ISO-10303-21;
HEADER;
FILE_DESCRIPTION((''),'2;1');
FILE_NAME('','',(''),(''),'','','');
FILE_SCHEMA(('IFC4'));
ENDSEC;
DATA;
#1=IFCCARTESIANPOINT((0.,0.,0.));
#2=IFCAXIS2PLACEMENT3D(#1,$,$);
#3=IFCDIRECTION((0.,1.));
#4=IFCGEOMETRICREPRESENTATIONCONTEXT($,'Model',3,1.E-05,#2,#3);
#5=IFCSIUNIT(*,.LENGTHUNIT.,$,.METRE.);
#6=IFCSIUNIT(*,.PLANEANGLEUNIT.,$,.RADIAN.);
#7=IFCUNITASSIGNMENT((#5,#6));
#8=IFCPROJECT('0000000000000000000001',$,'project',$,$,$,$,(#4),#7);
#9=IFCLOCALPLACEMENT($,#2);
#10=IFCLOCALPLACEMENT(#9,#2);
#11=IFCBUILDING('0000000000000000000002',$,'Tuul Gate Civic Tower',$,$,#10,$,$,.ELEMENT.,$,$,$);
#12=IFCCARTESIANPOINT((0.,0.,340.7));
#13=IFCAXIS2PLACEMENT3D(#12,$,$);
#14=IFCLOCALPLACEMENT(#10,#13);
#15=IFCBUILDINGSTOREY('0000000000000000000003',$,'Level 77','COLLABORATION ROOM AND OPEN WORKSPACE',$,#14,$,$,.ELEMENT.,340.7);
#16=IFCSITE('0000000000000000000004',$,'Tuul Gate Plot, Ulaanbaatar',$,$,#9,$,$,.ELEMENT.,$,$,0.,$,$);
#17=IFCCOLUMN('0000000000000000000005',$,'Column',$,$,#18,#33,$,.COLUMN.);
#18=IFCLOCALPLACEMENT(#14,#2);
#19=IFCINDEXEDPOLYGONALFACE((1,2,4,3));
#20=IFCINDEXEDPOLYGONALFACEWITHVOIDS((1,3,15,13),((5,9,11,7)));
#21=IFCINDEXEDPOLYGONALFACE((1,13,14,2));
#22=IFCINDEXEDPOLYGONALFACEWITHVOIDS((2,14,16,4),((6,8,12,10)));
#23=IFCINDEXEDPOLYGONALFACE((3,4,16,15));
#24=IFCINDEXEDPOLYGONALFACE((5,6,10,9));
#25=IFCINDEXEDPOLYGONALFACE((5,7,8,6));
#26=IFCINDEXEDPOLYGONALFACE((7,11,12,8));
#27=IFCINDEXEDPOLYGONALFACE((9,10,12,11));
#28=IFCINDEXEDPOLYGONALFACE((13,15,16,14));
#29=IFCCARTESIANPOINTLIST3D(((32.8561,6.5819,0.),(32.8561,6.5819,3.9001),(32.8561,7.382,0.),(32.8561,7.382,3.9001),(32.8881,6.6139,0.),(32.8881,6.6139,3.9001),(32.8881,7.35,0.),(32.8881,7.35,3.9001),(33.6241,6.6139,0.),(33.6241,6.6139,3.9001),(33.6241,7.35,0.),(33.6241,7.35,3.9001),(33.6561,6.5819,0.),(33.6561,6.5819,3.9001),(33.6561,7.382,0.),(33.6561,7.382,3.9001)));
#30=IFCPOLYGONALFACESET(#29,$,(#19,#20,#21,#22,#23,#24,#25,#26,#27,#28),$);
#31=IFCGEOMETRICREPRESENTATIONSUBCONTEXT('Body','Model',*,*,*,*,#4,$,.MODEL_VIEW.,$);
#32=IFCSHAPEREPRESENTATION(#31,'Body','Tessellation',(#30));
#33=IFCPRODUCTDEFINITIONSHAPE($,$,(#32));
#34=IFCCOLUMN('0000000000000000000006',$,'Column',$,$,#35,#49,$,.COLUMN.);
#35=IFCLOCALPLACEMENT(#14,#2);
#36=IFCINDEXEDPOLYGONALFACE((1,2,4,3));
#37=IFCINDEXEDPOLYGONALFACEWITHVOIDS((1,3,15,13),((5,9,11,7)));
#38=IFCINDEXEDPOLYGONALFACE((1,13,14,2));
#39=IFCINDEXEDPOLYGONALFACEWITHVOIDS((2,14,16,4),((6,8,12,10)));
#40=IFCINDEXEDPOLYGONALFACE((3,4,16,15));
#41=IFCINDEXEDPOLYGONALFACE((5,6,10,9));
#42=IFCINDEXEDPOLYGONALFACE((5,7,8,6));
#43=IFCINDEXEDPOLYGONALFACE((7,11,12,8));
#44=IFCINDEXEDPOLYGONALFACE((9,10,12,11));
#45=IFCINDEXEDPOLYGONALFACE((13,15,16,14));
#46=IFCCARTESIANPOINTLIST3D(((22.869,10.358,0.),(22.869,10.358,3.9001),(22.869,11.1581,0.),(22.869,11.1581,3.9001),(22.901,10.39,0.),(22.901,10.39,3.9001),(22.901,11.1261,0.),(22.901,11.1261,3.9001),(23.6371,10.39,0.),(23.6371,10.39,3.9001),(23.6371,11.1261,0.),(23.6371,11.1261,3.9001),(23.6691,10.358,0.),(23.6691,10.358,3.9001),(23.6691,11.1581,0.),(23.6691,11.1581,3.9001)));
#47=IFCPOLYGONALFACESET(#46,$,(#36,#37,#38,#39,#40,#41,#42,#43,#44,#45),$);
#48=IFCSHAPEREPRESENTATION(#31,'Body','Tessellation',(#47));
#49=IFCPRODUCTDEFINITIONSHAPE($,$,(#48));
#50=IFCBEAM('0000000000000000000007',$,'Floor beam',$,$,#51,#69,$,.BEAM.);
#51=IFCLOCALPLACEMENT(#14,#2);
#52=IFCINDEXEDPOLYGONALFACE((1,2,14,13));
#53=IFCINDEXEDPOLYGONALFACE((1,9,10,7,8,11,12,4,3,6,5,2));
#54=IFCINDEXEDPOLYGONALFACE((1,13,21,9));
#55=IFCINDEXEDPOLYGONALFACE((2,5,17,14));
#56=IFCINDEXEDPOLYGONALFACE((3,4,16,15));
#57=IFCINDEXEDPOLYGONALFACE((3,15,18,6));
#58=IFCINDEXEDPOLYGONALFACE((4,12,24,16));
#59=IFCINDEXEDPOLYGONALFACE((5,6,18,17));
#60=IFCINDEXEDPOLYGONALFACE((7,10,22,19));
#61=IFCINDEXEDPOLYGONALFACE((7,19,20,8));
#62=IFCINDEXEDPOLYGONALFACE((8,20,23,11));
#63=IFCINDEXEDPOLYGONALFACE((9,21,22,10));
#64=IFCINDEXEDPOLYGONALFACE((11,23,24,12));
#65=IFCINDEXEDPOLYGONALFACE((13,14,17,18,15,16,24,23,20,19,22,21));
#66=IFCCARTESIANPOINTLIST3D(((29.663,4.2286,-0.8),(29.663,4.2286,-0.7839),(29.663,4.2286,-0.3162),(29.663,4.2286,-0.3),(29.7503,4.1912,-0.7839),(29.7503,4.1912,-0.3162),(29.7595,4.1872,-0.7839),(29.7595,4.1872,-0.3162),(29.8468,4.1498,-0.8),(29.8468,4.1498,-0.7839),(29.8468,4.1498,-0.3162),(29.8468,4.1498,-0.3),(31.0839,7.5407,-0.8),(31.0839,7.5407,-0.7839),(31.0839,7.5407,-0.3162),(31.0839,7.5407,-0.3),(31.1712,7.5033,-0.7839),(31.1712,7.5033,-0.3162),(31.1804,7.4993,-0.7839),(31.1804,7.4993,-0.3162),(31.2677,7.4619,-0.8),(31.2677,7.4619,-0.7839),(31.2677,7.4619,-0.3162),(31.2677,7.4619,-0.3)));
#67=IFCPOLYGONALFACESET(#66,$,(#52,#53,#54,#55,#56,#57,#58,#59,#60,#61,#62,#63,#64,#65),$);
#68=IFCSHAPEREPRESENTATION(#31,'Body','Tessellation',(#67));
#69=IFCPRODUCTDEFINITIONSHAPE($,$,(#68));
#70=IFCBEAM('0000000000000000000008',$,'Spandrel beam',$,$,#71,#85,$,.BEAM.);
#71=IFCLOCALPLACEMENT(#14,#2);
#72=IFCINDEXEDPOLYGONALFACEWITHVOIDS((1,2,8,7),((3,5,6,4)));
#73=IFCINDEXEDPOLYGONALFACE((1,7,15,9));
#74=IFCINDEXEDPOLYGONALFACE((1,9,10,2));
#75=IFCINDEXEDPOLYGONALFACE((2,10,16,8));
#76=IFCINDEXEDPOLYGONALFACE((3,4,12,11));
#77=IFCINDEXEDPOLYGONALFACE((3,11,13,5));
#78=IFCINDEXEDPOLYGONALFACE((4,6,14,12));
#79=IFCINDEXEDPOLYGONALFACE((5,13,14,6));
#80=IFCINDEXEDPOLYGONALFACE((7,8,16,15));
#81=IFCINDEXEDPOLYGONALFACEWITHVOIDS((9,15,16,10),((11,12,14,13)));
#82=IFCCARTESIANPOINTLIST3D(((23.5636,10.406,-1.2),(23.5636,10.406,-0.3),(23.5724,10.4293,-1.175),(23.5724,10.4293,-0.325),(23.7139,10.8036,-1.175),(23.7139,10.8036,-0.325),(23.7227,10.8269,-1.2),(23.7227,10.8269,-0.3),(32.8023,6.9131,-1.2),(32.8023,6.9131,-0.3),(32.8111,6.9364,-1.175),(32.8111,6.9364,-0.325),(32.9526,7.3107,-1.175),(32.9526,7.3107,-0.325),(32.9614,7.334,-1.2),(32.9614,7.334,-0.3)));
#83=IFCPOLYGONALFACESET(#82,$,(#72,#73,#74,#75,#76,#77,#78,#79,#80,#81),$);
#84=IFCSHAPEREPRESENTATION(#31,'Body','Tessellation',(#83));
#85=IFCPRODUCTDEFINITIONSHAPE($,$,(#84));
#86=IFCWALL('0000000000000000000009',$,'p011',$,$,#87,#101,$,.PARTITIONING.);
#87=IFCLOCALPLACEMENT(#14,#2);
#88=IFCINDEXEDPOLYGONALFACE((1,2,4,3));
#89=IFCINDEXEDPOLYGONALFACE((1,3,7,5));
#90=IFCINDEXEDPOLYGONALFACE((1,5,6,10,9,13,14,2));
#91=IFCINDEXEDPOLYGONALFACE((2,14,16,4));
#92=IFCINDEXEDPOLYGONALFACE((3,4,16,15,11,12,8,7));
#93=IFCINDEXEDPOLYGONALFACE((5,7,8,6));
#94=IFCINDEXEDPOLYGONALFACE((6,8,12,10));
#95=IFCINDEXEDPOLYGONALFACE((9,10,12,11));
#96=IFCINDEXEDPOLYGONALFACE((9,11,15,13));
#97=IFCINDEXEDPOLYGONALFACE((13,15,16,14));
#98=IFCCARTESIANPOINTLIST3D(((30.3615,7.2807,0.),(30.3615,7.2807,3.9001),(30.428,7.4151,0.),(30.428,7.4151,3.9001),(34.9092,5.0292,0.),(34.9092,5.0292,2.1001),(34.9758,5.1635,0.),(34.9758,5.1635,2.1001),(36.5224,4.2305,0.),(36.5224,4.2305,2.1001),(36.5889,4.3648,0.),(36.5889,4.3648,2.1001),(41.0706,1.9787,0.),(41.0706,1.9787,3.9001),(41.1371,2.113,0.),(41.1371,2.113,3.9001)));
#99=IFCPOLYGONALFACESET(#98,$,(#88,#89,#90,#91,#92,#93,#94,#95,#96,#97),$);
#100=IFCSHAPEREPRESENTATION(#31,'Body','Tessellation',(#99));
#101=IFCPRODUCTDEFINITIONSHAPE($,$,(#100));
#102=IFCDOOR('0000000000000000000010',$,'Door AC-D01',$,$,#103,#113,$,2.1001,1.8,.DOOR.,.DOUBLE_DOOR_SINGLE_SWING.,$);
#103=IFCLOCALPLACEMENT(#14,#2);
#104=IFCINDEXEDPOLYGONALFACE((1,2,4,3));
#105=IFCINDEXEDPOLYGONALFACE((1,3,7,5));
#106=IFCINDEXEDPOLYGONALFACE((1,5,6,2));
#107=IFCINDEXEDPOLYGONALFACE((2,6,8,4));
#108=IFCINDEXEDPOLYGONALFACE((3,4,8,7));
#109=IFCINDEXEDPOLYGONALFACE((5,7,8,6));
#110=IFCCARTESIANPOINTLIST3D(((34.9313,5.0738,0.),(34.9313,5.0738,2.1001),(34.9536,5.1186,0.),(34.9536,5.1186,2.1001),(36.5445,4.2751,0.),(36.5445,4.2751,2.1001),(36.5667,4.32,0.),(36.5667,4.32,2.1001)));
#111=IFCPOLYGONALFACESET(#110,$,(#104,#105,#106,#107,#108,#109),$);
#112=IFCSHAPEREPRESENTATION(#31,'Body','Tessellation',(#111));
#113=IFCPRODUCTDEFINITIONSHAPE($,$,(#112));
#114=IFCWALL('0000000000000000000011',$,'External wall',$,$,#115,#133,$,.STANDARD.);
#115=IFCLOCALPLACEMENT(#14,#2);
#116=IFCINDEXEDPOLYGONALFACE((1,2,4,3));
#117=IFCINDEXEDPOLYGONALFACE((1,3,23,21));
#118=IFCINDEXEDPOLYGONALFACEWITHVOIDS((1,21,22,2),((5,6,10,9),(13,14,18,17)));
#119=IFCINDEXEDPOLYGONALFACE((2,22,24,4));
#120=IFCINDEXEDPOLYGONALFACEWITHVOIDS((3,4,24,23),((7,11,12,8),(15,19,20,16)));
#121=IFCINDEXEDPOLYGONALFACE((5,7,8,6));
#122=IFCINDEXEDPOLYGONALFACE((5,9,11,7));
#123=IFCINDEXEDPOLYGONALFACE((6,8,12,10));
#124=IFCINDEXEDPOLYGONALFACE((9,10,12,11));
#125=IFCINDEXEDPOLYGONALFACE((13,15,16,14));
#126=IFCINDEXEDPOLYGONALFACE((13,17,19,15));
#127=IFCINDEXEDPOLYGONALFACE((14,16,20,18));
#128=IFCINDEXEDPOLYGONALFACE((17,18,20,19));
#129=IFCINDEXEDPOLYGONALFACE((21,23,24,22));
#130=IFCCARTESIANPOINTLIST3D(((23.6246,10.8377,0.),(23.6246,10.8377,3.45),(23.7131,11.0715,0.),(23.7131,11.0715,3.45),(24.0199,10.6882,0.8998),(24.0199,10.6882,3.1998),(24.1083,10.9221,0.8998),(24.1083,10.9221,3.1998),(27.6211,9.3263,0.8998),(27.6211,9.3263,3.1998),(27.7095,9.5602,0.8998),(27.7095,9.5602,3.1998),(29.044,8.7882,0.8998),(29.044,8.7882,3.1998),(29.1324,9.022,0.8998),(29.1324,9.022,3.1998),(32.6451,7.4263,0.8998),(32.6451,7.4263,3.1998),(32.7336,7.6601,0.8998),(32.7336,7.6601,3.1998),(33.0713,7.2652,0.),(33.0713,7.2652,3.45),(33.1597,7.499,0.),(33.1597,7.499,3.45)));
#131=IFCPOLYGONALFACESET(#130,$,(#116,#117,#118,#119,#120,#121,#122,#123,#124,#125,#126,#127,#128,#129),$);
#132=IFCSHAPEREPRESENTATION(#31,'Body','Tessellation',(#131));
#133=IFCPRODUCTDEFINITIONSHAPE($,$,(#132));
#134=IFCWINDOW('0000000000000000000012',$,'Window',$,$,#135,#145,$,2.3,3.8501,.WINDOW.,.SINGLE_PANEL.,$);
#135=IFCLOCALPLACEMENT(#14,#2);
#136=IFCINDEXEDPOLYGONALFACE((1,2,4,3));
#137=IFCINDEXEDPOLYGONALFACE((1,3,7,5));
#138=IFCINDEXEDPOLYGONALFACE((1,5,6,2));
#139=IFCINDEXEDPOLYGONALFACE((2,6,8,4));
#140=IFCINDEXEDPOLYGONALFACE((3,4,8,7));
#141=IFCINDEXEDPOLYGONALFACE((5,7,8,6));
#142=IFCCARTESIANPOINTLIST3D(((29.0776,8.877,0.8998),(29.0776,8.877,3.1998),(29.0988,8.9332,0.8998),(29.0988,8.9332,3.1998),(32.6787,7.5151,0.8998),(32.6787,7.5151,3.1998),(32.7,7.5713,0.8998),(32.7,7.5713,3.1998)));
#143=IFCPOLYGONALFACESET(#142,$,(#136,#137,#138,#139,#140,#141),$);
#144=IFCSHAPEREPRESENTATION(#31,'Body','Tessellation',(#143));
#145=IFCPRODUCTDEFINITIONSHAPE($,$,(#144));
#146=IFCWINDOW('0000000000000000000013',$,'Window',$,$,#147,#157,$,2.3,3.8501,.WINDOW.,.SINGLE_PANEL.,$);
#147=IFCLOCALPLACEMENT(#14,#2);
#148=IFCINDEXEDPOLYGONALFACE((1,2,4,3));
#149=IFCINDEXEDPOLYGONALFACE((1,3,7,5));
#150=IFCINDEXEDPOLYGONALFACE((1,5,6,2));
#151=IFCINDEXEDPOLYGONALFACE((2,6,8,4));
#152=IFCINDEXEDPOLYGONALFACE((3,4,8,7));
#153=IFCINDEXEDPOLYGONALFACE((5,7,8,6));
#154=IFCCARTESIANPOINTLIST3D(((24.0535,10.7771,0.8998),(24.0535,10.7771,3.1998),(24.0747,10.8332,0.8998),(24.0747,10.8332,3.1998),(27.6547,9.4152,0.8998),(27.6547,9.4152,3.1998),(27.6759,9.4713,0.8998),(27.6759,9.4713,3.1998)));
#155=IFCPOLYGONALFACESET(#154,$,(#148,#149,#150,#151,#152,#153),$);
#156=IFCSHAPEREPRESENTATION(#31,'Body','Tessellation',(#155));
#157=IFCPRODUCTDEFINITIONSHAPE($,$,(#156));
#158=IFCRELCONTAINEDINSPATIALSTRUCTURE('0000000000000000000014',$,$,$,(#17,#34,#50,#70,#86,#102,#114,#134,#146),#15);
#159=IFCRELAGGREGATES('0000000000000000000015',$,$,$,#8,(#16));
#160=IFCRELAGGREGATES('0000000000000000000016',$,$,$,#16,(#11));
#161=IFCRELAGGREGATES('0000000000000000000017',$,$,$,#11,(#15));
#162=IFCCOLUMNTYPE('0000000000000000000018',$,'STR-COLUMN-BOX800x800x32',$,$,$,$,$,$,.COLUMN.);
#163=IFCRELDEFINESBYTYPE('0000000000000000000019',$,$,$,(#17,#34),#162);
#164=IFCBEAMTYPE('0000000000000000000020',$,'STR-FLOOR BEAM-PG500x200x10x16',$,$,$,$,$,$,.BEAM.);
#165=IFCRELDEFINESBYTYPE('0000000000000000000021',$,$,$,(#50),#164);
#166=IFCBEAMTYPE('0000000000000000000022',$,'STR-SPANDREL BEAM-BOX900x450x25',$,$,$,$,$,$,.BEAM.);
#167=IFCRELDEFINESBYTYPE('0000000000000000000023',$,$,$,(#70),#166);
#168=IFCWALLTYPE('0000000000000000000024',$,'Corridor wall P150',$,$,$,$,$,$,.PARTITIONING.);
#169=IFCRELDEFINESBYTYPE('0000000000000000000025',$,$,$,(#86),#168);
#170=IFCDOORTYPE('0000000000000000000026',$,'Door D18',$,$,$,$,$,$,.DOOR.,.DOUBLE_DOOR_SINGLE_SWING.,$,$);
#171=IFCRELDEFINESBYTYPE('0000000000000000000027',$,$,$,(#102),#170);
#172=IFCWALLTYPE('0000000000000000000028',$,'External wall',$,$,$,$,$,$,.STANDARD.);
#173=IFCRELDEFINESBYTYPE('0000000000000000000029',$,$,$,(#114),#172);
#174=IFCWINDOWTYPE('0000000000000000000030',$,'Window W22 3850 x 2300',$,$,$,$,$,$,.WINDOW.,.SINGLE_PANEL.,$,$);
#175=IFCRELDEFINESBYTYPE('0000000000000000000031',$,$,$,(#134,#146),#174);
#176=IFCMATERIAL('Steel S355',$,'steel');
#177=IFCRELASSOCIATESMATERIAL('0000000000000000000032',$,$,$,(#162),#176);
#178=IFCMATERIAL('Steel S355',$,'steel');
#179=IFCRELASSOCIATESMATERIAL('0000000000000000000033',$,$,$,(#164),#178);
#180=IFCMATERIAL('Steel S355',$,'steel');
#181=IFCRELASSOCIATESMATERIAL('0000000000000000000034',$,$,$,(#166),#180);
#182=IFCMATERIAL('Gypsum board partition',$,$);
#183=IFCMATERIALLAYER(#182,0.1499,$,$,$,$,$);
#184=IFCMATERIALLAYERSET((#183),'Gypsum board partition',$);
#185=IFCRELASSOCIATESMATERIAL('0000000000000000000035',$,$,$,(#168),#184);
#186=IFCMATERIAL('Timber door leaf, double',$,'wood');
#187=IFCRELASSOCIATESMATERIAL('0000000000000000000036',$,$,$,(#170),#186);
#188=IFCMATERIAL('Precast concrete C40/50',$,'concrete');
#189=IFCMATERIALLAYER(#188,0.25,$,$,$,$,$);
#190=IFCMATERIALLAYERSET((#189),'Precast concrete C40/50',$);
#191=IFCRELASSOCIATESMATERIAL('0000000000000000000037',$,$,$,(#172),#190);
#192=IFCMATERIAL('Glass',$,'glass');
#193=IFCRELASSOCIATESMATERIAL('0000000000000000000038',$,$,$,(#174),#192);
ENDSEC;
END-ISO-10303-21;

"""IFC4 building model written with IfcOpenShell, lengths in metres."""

from ifc_helpers import new_model, si_unit, direction, frame, frame_2d, origin, origin_2d, place, context, subcontext, project, spatial, rectangle, hollow_rectangle, i_section, extrude, material, layer, layer_set, material_profile, profile_set, type_object, element, fill, save


model = new_model("IFC4")

# Units and contexts
model_context = context("Model", 3, precision=1e-05, world=origin(), true_north=direction((0.0, 1.0)))
body_context = subcontext(model_context, "Body", "Model", "MODEL_VIEW")
ifc_project = project(units=[si_unit("LENGTHUNIT", "METRE"), si_unit("PLANEANGLEUNIT", "RADIAN")], contexts=[model_context])

# Site, building, storey
site_placement = place(None, origin())
site = spatial("IfcSite", under=ifc_project, at=site_placement, Name="Tuul Gate Plot, Ulaanbaatar", CompositionType="ELEMENT", RefElevation=0.0)
building_placement = place(site_placement, origin())
building = spatial("IfcBuilding", under=site, at=building_placement, Name="Tuul Gate Civic Tower", CompositionType="ELEMENT")
storey_placement = place(building_placement, frame((0.0, 0.0, 340.7)))
storey = spatial("IfcBuildingStorey", under=building, at=storey_placement, Name="Level 77", Description="COLLABORATION ROOM AND OPEN WORKSPACE", CompositionType="ELEMENT", Elevation=340.7)

# Columns
ifc_material_1 = material(Name="Steel S355", Category="steel")
ifc_material_profile_1 = material_profile(ifc_material_1, hollow_rectangle(XDim=0.8, YDim=0.8, WallThickness=0.032, at=origin_2d()), Name="BOX800x800x32")
ifc_profile_set_1 = profile_set([ifc_material_profile_1], Name="Steel S355")
column_type = type_object("IfcColumnType", Name="STR-COLUMN-BOX800x800x32", PredefinedType="COLUMN", material=ifc_profile_set_1)
for number, where, z_axis, x_axis, name in (
    (1, (33.2561, 6.9819, 0.0), (0.0, 0.0, 1.0), (1.0, 0.0, 0.0), "Column"),
    (2, (23.269, 10.7581, 0.0), (0.0, 0.0, 1.0), (1.0, 0.0, 0.0), "Column"),
):
    element("IfcColumn", number, at=place(storey_placement, frame(where, z_axis=z_axis, x_axis=x_axis)), inside=storey, type_object=column_type, Name=name, PredefinedType="COLUMN", context=body_context, shape_type="SweptSolid", body=[
        extrude(hollow_rectangle(XDim=0.8, YDim=0.8, WallThickness=0.032, at=origin_2d()), origin(), (0.0, 0.0, 1.0), 3.9001),
    ])

# Beams
ifc_material_2 = material(Name="Steel S355", Category="steel")
ifc_material_profile_2 = material_profile(ifc_material_2, i_section(OverallWidth=0.2, OverallDepth=0.5, WebThickness=0.01, FlangeThickness=0.0161, at=origin_2d()), Name="PG500x200x10x16")
ifc_profile_set_2 = profile_set([ifc_material_profile_2], Name="Steel S355")
beam_type_1 = type_object("IfcBeamType", Name="STR-FLOOR BEAM-PG500x200x10x16", PredefinedType="BEAM", material=ifc_profile_set_2)
beam_1_placement = place(storey_placement, frame((29.7549, 4.1892, -0.55), z_axis=(0.394263, 0.918998, 0.0), x_axis=(-0.918998, 0.394263, 0.0)))
element("IfcBeam", 3, at=beam_1_placement, inside=storey, type_object=beam_type_1, Name="Floor beam", PredefinedType="BEAM", context=body_context, shape_type="SweptSolid", body=[
    extrude(i_section(OverallWidth=0.2, OverallDepth=0.5, WebThickness=0.01, FlangeThickness=0.0161, at=origin_2d()), origin(), (0.0, 0.0, 1.0), 3.604),
])
ifc_material_3 = material(Name="Steel S355", Category="steel")
ifc_material_profile_3 = material_profile(ifc_material_3, hollow_rectangle(XDim=0.45, YDim=0.8999, WallThickness=0.0249, at=origin_2d()), Name="BOX900x450x25")
ifc_profile_set_3 = profile_set([ifc_material_profile_3], Name="Steel S355")
beam_type_2 = type_object("IfcBeamType", Name="STR-SPANDREL BEAM-BOX900x450x25", PredefinedType="BEAM", material=ifc_profile_set_3)
beam_2_placement = place(storey_placement, frame((32.8818, 7.1235, -0.75), z_axis=(-0.935381, 0.353641, 0.0), x_axis=(-0.353641, -0.935381, 0.0)))
element("IfcBeam", 4, at=beam_2_placement, inside=storey, type_object=beam_type_2, Name="Spandrel beam", PredefinedType="BEAM", context=body_context, shape_type="SweptSolid", body=[
    extrude(hollow_rectangle(XDim=0.45, YDim=0.8999, WallThickness=0.0249, at=origin_2d()), origin(), (0.0, 0.0, 1.0), 9.877),
])

# Wall, opening, door
ifc_material_4 = material(Name="Gypsum board partition")
ifc_layer_1 = layer(ifc_material_4, 0.1499)
ifc_layer_set_1 = layer_set([ifc_layer_1], Name="Gypsum board partition")
wall_type_1 = type_object("IfcWallType", Name="Corridor wall P150", PredefinedType="PARTITIONING", material=ifc_layer_set_1)
wall_1_placement = place(storey_placement, frame((30.3948, 7.3479, 0.0), z_axis=(0.0, 0.0, 1.0), x_axis=(0.896177, -0.443696, 0.0)))
wall_1 = element("IfcWall", 5, at=wall_1_placement, inside=storey, type_object=wall_type_1, Name="p011", PredefinedType="PARTITIONING", context=body_context, shape_type="SweptSolid", body=[
    extrude(rectangle(XDim=11.9497, YDim=0.1499, at=frame_2d((5.9749, 0.0))), origin(), (0.0, 0.0, 1.0), 3.9001),
])
opening_1_placement = place(wall_1_placement, frame((5.0747, 0.0, 0.0)))
opening_1 = element("IfcOpeningElement", 6, at=opening_1_placement, cuts=wall_1, PredefinedType="OPENING", context=body_context, shape_type="SweptSolid", body=[
    extrude(rectangle(XDim=1.8, YDim=2.1001, at=frame_2d((0.8999, 1.05))), frame((0.0, 0.085, 0.0), z_axis=(0.0, -1.0, 0.0), x_axis=(1.0, 0.0, 0.0)), (0.0, 0.0, 1.0), 0.1699),
])
ifc_material_5 = material(Name="Timber door leaf, double", Category="wood")
door_type_1 = type_object("IfcDoorType", Name="Door D18", OperationType="DOUBLE_DOOR_SINGLE_SWING", PredefinedType="DOOR", material=ifc_material_5)
door_1_placement = place(opening_1_placement, origin())
door_1 = element("IfcDoor", 7, at=door_1_placement, inside=storey, type_object=door_type_1, Name="Door AC-D01", OperationType="DOUBLE_DOOR_SINGLE_SWING", OverallHeight=2.1001, OverallWidth=1.8, PredefinedType="DOOR", context=body_context, shape_type="SweptSolid", body=[
    extrude(rectangle(XDim=1.8, YDim=2.1001, at=frame_2d((0.8999, 1.05))), frame((0.0, 0.0249, 0.0), z_axis=(0.0, -1.0, 0.0), x_axis=(1.0, 0.0, 0.0)), (0.0, 0.0, 1.0), 0.05),
])
fill(opening_1, door_1)

# Wall, openings, windows
ifc_material_6 = material(Name="Precast concrete C40/50", Category="concrete")
ifc_layer_2 = layer(ifc_material_6, 0.25)
ifc_layer_set_2 = layer_set([ifc_layer_2], Name="Precast concrete C40/50")
wall_type_2 = type_object("IfcWallType", Name="External wall", PredefinedType="STANDARD", material=ifc_layer_set_2)
wall_2_placement = place(storey_placement, frame((33.1155, 7.3821, 0.0), z_axis=(0.0, 0.0, 1.0), x_axis=(-0.935347, 0.353731, 0.0)))
wall_2 = element("IfcWall", 8, at=wall_2_placement, inside=storey, type_object=wall_type_2, Name="External wall", PredefinedType="STANDARD", context=body_context, shape_type="SweptSolid", body=[
    extrude(rectangle(XDim=10.0996, YDim=0.25, at=frame_2d((5.0498, 0.0))), origin(), (0.0, 0.0, 1.0), 3.45),
])
opening_2_placement = place(wall_2_placement, frame((0.4556, 0.0, 0.8999)))
opening_2 = element("IfcOpeningElement", 9, at=opening_2_placement, cuts=wall_2, PredefinedType="OPENING", context=body_context, shape_type="SweptSolid", body=[
    extrude(rectangle(XDim=3.8501, YDim=2.3, at=frame_2d((1.925, 1.1499))), frame((0.0, 0.135, 0.0), z_axis=(0.0, -1.0, 0.0), x_axis=(1.0, 0.0, 0.0)), (0.0, 0.0, 1.0), 0.27),
])
opening_3_placement = place(wall_2_placement, frame((5.8269, 0.0, 0.8999)))
opening_3 = element("IfcOpeningElement", 10, at=opening_3_placement, cuts=wall_2, PredefinedType="OPENING", context=body_context, shape_type="SweptSolid", body=[
    extrude(rectangle(XDim=3.8501, YDim=2.3, at=frame_2d((1.925, 1.1499))), frame((0.0, 0.135, 0.0), z_axis=(0.0, -1.0, 0.0), x_axis=(1.0, 0.0, 0.0)), (0.0, 0.0, 1.0), 0.27),
])
ifc_material_7 = material(Name="Glass", Category="glass")
window_type = type_object("IfcWindowType", Name="Window W22 3850 x 2300", PartitioningType="SINGLE_PANEL", PredefinedType="WINDOW", material=ifc_material_7)
window_1_placement = place(opening_2_placement, origin())
window_1 = element("IfcWindow", 11, at=window_1_placement, inside=storey, type_object=window_type, Name="Window", OverallHeight=2.3, OverallWidth=3.8501, PartitioningType="SINGLE_PANEL", PredefinedType="WINDOW", context=body_context, shape_type="SweptSolid", body=[
    extrude(rectangle(XDim=3.8501, YDim=2.3, at=frame_2d((1.925, 1.1499))), frame((0.0, 0.03, 0.0), z_axis=(0.0, -1.0, 0.0), x_axis=(1.0, 0.0, 0.0)), (0.0, 0.0, 1.0), 0.0601),
])
fill(opening_2, window_1)
window_2_placement = place(opening_3_placement, origin())
window_2 = element("IfcWindow", 12, at=window_2_placement, inside=storey, type_object=window_type, Name="Window", OverallHeight=2.3, OverallWidth=3.8501, PartitioningType="SINGLE_PANEL", PredefinedType="WINDOW", context=body_context, shape_type="SweptSolid", body=[
    extrude(rectangle(XDim=3.8501, YDim=2.3, at=frame_2d((1.925, 1.1499))), frame((0.0, 0.03, 0.0), z_axis=(0.0, -1.0, 0.0), x_axis=(1.0, 0.0, 0.0)), (0.0, 0.0, 1.0), 0.0601),
])
fill(opening_3, window_2)

save(model, "model.ifc")
